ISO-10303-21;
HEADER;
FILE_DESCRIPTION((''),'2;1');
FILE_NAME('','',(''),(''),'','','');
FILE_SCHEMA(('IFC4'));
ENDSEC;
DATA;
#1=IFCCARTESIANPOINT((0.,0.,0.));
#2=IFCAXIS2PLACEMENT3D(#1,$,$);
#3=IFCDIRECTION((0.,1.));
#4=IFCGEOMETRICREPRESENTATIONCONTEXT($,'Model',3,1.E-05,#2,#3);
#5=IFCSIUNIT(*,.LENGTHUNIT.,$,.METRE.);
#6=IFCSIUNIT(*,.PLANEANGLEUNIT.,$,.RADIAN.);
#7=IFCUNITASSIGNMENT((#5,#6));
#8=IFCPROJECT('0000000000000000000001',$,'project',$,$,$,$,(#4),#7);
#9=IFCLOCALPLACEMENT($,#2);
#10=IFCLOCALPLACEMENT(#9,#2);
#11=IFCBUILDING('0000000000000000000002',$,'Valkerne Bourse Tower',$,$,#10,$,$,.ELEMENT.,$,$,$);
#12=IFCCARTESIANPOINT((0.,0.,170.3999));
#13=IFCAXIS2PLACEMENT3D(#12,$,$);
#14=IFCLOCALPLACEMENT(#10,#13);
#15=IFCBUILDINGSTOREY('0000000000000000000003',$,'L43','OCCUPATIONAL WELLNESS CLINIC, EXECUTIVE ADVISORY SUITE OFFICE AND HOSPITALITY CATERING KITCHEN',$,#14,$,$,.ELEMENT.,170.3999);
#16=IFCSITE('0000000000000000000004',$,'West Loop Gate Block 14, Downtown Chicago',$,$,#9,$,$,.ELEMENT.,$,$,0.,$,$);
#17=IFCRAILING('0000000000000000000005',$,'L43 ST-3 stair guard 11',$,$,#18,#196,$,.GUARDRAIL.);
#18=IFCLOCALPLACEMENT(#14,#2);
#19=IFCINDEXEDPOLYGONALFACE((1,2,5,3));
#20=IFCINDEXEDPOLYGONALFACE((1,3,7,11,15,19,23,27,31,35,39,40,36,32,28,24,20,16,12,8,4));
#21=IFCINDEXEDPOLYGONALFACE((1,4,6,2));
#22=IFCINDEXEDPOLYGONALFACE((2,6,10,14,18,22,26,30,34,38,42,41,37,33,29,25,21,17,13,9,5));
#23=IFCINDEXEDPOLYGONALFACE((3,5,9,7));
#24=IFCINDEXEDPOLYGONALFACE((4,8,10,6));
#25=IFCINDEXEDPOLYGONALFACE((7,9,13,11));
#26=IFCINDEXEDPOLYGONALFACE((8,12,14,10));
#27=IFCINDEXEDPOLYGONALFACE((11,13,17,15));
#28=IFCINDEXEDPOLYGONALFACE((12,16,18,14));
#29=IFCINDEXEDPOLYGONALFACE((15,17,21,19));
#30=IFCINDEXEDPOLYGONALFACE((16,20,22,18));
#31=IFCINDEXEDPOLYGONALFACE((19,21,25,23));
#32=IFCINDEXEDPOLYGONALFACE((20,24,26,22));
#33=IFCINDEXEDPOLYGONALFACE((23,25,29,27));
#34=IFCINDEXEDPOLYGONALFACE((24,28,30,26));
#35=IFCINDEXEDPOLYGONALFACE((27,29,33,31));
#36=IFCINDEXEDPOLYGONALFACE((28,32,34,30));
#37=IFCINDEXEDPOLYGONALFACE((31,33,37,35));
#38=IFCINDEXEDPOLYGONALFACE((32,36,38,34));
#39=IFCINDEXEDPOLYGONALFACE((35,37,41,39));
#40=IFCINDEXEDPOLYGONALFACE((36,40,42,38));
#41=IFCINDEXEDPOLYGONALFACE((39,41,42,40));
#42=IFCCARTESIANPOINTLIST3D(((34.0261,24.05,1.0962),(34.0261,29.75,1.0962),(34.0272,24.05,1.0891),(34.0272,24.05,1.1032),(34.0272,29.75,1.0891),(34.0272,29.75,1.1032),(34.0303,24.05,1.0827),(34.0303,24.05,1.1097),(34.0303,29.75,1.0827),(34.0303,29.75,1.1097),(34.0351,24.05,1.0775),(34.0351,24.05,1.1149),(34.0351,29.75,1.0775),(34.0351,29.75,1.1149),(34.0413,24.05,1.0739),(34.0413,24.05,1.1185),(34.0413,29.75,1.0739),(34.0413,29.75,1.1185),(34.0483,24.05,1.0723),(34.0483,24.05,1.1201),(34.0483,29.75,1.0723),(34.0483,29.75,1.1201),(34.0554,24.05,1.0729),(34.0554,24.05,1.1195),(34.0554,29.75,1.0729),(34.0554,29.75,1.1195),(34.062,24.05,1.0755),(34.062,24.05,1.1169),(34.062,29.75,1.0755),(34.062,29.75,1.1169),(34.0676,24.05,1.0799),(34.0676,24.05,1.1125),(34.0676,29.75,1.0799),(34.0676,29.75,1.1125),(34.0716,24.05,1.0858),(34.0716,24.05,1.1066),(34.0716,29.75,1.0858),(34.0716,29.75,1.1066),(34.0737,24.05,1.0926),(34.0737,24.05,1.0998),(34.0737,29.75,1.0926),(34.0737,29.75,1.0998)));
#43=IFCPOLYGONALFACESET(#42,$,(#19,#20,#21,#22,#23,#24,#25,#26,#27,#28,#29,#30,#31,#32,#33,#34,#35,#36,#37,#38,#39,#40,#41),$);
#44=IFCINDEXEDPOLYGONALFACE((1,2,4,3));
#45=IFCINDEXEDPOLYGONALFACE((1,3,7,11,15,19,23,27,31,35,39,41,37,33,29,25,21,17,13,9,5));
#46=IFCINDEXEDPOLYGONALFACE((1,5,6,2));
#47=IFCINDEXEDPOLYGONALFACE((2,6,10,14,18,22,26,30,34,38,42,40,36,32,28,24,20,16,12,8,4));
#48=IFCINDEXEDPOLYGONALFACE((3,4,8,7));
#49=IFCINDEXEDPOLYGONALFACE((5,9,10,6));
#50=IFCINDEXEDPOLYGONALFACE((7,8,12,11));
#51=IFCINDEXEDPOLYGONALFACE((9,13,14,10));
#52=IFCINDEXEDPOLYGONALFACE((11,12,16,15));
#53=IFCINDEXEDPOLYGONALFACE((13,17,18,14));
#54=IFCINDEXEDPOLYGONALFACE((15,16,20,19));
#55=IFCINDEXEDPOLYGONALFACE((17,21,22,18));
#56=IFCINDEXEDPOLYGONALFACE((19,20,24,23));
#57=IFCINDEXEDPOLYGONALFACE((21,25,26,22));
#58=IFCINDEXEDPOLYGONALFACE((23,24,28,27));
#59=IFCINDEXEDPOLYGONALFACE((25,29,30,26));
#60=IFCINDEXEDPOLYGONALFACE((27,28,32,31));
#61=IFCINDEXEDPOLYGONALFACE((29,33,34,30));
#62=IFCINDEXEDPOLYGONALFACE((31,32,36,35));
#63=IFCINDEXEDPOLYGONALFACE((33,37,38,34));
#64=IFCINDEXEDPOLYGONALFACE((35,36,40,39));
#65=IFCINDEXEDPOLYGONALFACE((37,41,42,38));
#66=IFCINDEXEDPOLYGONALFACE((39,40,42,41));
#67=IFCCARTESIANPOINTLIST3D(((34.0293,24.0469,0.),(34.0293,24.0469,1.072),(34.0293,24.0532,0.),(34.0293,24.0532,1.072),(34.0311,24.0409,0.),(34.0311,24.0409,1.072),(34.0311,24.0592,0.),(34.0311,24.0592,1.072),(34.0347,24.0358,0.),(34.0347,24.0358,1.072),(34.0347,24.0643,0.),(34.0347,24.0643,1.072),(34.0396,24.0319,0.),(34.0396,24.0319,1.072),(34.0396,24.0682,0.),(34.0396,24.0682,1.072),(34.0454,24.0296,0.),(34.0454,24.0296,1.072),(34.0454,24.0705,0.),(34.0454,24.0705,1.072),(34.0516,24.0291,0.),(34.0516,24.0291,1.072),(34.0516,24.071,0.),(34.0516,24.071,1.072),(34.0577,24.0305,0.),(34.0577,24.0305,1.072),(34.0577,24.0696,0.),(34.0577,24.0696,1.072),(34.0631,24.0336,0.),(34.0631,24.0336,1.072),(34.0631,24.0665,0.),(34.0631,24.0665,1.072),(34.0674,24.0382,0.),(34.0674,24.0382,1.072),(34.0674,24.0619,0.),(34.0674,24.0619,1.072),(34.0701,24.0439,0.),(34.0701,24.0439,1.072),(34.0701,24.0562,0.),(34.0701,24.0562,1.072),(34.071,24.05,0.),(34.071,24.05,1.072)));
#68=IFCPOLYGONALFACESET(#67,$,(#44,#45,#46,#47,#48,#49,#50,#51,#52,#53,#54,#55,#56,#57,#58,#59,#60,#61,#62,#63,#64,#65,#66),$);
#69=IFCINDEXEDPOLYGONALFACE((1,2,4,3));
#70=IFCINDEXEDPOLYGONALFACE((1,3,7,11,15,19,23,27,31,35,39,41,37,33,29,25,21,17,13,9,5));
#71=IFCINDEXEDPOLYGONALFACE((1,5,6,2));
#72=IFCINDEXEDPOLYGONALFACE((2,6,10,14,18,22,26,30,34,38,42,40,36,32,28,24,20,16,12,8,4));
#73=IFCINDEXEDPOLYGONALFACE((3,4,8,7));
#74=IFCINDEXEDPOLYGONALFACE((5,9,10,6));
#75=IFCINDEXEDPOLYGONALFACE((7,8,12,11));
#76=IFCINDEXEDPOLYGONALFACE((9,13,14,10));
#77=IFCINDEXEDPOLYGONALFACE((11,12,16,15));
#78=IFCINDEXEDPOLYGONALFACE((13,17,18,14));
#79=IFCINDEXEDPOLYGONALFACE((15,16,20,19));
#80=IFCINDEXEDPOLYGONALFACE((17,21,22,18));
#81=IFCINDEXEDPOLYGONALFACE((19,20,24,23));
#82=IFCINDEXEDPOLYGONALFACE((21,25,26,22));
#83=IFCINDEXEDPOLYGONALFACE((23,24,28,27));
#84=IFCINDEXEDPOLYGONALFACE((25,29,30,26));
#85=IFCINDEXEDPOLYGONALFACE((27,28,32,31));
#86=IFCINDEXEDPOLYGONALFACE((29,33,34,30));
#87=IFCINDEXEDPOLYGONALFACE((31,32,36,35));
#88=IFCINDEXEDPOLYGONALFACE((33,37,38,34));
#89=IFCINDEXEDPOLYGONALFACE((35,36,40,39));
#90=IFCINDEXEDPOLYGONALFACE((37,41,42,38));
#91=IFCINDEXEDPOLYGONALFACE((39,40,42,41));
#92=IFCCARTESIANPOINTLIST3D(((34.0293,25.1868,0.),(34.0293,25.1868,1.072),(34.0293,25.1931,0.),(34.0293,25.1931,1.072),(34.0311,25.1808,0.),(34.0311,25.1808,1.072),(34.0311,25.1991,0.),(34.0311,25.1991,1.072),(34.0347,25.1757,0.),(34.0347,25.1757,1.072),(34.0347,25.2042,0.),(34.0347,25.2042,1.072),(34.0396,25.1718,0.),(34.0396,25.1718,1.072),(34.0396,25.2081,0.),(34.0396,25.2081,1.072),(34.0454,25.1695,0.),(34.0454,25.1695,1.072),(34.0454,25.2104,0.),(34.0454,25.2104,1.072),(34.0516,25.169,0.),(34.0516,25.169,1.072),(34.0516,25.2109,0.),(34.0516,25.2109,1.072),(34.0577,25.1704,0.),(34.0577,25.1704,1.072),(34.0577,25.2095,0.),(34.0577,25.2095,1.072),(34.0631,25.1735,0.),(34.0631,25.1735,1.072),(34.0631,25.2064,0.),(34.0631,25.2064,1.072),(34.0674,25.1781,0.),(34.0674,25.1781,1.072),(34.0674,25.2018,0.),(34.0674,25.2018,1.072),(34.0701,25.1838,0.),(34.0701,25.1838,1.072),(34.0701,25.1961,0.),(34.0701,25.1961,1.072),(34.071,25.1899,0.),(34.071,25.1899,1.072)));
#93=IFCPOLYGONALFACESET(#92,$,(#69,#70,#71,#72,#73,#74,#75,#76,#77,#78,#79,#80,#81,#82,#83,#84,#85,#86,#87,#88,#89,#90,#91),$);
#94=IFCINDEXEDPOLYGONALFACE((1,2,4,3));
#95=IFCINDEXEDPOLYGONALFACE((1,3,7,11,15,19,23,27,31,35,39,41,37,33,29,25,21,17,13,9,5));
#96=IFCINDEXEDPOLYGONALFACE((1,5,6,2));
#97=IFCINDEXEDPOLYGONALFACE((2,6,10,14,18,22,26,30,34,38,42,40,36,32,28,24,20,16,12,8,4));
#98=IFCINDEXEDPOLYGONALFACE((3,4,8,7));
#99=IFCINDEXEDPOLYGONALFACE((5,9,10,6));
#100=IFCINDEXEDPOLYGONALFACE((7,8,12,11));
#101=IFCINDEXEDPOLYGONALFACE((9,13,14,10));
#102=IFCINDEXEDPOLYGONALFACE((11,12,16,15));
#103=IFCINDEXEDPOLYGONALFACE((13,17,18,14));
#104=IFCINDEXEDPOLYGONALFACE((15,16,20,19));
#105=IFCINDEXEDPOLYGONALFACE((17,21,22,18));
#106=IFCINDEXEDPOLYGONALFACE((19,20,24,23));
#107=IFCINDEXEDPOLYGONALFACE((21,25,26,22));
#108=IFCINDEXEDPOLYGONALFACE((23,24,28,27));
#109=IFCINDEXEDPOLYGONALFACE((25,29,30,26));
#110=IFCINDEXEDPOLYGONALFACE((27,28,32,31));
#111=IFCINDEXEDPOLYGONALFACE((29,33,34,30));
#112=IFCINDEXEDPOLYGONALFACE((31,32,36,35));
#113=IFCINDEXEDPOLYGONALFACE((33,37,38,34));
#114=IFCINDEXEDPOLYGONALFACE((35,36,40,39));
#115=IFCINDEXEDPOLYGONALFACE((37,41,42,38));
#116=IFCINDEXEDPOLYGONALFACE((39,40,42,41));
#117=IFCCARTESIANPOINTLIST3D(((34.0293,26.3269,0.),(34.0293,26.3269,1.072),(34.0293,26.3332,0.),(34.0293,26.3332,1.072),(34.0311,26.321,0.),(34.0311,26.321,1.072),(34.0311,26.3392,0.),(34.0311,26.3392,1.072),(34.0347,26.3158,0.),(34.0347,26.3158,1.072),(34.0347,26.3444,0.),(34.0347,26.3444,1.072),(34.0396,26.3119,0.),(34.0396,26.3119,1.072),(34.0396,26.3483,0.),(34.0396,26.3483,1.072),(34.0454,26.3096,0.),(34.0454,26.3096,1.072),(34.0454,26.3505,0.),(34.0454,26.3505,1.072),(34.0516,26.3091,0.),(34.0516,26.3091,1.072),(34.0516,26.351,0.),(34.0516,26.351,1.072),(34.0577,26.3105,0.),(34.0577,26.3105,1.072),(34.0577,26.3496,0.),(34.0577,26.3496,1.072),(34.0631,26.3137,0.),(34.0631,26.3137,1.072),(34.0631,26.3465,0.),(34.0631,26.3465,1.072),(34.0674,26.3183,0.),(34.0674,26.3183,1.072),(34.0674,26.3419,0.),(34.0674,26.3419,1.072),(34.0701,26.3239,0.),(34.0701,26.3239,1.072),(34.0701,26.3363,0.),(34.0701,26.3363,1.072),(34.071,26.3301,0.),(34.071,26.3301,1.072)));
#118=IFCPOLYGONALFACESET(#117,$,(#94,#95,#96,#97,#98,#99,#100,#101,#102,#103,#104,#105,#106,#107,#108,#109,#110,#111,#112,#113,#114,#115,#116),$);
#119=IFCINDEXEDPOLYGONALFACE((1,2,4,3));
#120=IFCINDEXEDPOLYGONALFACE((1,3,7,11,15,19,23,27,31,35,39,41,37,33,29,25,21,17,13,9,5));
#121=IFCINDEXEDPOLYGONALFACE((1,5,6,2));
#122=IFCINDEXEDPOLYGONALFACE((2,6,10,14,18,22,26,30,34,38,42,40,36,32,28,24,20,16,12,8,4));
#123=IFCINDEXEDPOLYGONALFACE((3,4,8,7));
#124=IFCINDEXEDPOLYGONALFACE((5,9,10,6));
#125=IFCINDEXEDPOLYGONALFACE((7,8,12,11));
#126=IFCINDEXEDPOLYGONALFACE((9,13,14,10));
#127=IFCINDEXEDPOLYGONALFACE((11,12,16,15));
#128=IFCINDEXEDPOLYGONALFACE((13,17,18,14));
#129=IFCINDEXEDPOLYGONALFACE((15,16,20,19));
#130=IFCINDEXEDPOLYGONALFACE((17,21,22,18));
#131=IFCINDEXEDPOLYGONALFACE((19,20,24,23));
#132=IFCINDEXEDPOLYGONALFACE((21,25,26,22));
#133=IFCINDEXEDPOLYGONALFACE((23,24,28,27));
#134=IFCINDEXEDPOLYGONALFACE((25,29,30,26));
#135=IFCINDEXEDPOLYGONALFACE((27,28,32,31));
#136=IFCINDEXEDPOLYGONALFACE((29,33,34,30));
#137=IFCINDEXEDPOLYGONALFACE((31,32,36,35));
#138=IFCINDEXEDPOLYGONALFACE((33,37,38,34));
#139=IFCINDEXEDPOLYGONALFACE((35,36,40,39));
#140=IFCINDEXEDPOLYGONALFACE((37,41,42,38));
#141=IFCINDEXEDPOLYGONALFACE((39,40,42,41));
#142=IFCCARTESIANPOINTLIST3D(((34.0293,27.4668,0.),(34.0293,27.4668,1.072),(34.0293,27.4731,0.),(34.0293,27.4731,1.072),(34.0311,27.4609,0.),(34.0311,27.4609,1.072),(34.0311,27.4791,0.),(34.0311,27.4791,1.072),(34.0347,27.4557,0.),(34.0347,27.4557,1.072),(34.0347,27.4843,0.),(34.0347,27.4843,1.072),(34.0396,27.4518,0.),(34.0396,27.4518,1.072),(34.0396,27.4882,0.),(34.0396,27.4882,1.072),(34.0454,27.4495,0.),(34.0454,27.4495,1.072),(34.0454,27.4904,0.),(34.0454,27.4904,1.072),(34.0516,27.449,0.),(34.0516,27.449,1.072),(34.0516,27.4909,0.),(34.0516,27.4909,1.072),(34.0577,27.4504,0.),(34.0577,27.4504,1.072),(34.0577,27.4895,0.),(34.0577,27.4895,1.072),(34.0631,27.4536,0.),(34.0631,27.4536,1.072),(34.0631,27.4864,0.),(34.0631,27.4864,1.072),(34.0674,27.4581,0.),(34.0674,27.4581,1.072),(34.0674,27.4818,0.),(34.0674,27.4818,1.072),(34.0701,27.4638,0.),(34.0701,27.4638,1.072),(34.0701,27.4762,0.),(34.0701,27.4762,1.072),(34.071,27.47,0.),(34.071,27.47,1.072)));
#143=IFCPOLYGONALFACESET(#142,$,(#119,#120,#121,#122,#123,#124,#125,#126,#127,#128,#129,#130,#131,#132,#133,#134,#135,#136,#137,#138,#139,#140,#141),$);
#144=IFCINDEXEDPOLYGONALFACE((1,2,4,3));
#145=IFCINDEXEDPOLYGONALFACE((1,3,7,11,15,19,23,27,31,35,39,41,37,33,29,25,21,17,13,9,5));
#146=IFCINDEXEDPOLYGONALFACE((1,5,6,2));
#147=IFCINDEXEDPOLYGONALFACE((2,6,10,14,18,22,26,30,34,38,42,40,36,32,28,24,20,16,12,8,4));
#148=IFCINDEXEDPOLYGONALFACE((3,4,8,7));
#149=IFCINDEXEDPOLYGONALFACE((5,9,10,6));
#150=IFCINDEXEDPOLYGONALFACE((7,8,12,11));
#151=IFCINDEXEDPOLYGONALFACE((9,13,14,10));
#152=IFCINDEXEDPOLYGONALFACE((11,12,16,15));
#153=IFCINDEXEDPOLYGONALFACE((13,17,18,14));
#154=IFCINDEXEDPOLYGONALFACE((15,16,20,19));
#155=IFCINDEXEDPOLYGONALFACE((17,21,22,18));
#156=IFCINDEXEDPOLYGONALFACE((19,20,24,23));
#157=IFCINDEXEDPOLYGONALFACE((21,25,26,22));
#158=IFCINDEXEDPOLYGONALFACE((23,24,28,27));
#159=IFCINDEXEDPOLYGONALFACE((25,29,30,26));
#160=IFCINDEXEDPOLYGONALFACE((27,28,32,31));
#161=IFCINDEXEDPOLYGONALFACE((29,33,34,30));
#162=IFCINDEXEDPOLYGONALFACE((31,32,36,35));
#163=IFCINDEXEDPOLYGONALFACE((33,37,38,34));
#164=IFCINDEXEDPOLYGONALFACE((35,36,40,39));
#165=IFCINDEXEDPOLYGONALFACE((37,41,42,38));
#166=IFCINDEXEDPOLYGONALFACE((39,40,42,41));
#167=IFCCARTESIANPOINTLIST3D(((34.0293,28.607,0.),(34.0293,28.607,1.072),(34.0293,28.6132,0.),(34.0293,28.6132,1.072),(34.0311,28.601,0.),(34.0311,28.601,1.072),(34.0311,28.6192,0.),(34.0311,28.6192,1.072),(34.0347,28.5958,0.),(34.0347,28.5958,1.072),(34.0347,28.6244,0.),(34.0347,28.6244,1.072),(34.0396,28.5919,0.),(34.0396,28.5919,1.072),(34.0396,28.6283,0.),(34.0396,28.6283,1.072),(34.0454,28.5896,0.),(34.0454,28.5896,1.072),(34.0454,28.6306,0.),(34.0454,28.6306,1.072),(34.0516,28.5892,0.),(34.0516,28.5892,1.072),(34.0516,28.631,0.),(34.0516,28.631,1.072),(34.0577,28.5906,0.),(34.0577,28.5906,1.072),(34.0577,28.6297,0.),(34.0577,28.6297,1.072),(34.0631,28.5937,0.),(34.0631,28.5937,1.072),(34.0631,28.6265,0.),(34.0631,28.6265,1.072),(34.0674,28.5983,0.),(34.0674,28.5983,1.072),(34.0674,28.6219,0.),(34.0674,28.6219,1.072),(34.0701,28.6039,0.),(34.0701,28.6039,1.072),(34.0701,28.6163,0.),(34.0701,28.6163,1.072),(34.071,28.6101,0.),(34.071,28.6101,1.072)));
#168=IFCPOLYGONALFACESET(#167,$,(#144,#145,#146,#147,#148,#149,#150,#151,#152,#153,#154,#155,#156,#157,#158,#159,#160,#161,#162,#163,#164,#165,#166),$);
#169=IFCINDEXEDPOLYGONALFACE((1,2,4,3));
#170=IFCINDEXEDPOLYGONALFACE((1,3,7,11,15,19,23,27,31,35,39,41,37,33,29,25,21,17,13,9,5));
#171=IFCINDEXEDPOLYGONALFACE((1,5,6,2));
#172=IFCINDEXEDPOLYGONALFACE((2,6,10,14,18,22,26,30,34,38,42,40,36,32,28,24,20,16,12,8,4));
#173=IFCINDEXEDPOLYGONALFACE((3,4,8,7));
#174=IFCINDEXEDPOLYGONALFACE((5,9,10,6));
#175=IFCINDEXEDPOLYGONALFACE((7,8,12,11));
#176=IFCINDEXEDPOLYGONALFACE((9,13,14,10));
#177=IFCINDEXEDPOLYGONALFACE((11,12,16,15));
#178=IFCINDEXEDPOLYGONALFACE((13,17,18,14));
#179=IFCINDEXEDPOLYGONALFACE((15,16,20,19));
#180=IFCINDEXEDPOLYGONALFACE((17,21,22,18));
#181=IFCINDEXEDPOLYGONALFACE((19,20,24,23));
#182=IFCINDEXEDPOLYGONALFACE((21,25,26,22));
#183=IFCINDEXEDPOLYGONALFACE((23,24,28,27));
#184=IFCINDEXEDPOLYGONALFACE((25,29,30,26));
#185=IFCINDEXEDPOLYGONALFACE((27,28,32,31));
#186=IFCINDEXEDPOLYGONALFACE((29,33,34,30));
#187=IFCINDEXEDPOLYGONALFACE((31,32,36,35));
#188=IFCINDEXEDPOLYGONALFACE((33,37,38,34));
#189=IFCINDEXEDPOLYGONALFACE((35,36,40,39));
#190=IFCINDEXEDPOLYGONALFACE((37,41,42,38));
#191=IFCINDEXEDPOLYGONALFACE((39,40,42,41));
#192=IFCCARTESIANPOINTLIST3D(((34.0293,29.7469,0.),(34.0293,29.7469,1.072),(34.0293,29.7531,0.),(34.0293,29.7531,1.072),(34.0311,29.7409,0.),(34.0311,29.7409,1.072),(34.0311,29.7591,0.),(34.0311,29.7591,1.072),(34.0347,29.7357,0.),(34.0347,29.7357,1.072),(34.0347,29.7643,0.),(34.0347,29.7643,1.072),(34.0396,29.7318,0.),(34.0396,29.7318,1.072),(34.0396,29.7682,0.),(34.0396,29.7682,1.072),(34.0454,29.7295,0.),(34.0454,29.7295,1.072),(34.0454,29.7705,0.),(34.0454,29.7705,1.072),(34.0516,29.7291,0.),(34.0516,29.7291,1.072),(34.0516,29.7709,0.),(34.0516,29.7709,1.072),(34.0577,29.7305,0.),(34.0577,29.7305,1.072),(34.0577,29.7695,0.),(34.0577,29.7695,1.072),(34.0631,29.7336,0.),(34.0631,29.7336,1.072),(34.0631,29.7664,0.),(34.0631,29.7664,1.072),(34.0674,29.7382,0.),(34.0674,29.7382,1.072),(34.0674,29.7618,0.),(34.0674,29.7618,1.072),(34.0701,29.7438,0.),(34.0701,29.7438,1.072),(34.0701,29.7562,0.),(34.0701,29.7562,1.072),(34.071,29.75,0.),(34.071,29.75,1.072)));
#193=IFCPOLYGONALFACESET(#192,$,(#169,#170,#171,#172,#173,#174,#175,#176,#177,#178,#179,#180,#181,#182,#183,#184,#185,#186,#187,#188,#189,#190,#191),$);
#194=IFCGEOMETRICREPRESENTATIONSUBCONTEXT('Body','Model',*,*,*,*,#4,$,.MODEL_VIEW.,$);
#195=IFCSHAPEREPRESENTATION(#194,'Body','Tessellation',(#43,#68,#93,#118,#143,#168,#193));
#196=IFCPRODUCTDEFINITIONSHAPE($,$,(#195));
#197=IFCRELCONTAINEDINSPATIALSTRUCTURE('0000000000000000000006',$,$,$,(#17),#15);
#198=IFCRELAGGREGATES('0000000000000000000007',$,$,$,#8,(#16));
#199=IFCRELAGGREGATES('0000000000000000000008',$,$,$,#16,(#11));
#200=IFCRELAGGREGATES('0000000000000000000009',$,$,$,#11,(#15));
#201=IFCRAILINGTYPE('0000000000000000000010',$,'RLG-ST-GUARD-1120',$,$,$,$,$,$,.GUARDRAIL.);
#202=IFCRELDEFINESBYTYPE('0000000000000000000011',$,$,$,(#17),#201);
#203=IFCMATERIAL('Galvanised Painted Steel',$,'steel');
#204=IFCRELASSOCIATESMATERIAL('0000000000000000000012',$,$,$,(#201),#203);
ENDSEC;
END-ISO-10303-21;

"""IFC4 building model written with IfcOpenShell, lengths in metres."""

from ifc_helpers import new_model, si_unit, direction, frame, origin, origin_2d, place, context, subcontext, project, spatial, circle, extrude, material, type_object, element, save


model = new_model("IFC4")

# Units and contexts
model_context = context("Model", 3, precision=1e-05, world=origin(), true_north=direction((0.0, 1.0)))
body_context = subcontext(model_context, "Body", "Model", "MODEL_VIEW")
ifc_project = project(units=[si_unit("LENGTHUNIT", "METRE"), si_unit("PLANEANGLEUNIT", "RADIAN")], contexts=[model_context])

# Site, building, storey
site_placement = place(None, origin())
site = spatial("IfcSite", under=ifc_project, at=site_placement, Name="West Loop Gate Block 14, Downtown Chicago", CompositionType="ELEMENT", RefElevation=0.0)
building_placement = place(site_placement, origin())
building = spatial("IfcBuilding", under=site, at=building_placement, Name="Valkerne Bourse Tower", CompositionType="ELEMENT")
storey_placement = place(building_placement, frame((0.0, 0.0, 170.3999)))
storey = spatial("IfcBuildingStorey", under=building, at=storey_placement, Name="L43", Description="OCCUPATIONAL WELLNESS CLINIC, EXECUTIVE ADVISORY SUITE OFFICE AND HOSPITALITY CATERING KITCHEN", CompositionType="ELEMENT", Elevation=170.3999)

# Shared definitions
ifc_material_1 = material(Name="Galvanised Painted Steel", Category="steel")

# Railing
railing_type = type_object("IfcRailingType", Name="RLG-ST-GUARD-1120", PredefinedType="GUARDRAIL", material=ifc_material_1)
railing_placement = place(storey_placement, frame((34.05, 24.05, 0.0)))
element("IfcRailing", 1, at=railing_placement, inside=storey, type_object=railing_type, Name="L43 ST-3 stair guard 11", PredefinedType="GUARDRAIL", context=body_context, shape_type="SweptSolid", body=[
    extrude(circle(Radius=0.0239, at=origin_2d()), frame((0.0, 0.0, 1.0962), z_axis=(0.0, 1.0, 0.0), x_axis=(-1.0, 0.0, 0.0)), (0.0, 0.0, 1.0), 5.7),
    extrude(circle(Radius=0.021, at=origin_2d()), origin(), (0.0, 0.0, 1.0), 1.072),
    extrude(circle(Radius=0.021, at=origin_2d()), frame((0.0, 1.1399, 0.0)), (0.0, 0.0, 1.0), 1.072),
    extrude(circle(Radius=0.021, at=origin_2d()), frame((0.0, 2.28, 0.0)), (0.0, 0.0, 1.0), 1.072),
    extrude(circle(Radius=0.021, at=origin_2d()), frame((0.0, 3.4199, 0.0)), (0.0, 0.0, 1.0), 1.072),
    extrude(circle(Radius=0.021, at=origin_2d()), frame((0.0, 4.5601, 0.0)), (0.0, 0.0, 1.0), 1.072),
    extrude(circle(Radius=0.021, at=origin_2d()), frame((0.0, 5.7, 0.0)), (0.0, 0.0, 1.0), 1.072),
])

save(model, "model.ifc")
